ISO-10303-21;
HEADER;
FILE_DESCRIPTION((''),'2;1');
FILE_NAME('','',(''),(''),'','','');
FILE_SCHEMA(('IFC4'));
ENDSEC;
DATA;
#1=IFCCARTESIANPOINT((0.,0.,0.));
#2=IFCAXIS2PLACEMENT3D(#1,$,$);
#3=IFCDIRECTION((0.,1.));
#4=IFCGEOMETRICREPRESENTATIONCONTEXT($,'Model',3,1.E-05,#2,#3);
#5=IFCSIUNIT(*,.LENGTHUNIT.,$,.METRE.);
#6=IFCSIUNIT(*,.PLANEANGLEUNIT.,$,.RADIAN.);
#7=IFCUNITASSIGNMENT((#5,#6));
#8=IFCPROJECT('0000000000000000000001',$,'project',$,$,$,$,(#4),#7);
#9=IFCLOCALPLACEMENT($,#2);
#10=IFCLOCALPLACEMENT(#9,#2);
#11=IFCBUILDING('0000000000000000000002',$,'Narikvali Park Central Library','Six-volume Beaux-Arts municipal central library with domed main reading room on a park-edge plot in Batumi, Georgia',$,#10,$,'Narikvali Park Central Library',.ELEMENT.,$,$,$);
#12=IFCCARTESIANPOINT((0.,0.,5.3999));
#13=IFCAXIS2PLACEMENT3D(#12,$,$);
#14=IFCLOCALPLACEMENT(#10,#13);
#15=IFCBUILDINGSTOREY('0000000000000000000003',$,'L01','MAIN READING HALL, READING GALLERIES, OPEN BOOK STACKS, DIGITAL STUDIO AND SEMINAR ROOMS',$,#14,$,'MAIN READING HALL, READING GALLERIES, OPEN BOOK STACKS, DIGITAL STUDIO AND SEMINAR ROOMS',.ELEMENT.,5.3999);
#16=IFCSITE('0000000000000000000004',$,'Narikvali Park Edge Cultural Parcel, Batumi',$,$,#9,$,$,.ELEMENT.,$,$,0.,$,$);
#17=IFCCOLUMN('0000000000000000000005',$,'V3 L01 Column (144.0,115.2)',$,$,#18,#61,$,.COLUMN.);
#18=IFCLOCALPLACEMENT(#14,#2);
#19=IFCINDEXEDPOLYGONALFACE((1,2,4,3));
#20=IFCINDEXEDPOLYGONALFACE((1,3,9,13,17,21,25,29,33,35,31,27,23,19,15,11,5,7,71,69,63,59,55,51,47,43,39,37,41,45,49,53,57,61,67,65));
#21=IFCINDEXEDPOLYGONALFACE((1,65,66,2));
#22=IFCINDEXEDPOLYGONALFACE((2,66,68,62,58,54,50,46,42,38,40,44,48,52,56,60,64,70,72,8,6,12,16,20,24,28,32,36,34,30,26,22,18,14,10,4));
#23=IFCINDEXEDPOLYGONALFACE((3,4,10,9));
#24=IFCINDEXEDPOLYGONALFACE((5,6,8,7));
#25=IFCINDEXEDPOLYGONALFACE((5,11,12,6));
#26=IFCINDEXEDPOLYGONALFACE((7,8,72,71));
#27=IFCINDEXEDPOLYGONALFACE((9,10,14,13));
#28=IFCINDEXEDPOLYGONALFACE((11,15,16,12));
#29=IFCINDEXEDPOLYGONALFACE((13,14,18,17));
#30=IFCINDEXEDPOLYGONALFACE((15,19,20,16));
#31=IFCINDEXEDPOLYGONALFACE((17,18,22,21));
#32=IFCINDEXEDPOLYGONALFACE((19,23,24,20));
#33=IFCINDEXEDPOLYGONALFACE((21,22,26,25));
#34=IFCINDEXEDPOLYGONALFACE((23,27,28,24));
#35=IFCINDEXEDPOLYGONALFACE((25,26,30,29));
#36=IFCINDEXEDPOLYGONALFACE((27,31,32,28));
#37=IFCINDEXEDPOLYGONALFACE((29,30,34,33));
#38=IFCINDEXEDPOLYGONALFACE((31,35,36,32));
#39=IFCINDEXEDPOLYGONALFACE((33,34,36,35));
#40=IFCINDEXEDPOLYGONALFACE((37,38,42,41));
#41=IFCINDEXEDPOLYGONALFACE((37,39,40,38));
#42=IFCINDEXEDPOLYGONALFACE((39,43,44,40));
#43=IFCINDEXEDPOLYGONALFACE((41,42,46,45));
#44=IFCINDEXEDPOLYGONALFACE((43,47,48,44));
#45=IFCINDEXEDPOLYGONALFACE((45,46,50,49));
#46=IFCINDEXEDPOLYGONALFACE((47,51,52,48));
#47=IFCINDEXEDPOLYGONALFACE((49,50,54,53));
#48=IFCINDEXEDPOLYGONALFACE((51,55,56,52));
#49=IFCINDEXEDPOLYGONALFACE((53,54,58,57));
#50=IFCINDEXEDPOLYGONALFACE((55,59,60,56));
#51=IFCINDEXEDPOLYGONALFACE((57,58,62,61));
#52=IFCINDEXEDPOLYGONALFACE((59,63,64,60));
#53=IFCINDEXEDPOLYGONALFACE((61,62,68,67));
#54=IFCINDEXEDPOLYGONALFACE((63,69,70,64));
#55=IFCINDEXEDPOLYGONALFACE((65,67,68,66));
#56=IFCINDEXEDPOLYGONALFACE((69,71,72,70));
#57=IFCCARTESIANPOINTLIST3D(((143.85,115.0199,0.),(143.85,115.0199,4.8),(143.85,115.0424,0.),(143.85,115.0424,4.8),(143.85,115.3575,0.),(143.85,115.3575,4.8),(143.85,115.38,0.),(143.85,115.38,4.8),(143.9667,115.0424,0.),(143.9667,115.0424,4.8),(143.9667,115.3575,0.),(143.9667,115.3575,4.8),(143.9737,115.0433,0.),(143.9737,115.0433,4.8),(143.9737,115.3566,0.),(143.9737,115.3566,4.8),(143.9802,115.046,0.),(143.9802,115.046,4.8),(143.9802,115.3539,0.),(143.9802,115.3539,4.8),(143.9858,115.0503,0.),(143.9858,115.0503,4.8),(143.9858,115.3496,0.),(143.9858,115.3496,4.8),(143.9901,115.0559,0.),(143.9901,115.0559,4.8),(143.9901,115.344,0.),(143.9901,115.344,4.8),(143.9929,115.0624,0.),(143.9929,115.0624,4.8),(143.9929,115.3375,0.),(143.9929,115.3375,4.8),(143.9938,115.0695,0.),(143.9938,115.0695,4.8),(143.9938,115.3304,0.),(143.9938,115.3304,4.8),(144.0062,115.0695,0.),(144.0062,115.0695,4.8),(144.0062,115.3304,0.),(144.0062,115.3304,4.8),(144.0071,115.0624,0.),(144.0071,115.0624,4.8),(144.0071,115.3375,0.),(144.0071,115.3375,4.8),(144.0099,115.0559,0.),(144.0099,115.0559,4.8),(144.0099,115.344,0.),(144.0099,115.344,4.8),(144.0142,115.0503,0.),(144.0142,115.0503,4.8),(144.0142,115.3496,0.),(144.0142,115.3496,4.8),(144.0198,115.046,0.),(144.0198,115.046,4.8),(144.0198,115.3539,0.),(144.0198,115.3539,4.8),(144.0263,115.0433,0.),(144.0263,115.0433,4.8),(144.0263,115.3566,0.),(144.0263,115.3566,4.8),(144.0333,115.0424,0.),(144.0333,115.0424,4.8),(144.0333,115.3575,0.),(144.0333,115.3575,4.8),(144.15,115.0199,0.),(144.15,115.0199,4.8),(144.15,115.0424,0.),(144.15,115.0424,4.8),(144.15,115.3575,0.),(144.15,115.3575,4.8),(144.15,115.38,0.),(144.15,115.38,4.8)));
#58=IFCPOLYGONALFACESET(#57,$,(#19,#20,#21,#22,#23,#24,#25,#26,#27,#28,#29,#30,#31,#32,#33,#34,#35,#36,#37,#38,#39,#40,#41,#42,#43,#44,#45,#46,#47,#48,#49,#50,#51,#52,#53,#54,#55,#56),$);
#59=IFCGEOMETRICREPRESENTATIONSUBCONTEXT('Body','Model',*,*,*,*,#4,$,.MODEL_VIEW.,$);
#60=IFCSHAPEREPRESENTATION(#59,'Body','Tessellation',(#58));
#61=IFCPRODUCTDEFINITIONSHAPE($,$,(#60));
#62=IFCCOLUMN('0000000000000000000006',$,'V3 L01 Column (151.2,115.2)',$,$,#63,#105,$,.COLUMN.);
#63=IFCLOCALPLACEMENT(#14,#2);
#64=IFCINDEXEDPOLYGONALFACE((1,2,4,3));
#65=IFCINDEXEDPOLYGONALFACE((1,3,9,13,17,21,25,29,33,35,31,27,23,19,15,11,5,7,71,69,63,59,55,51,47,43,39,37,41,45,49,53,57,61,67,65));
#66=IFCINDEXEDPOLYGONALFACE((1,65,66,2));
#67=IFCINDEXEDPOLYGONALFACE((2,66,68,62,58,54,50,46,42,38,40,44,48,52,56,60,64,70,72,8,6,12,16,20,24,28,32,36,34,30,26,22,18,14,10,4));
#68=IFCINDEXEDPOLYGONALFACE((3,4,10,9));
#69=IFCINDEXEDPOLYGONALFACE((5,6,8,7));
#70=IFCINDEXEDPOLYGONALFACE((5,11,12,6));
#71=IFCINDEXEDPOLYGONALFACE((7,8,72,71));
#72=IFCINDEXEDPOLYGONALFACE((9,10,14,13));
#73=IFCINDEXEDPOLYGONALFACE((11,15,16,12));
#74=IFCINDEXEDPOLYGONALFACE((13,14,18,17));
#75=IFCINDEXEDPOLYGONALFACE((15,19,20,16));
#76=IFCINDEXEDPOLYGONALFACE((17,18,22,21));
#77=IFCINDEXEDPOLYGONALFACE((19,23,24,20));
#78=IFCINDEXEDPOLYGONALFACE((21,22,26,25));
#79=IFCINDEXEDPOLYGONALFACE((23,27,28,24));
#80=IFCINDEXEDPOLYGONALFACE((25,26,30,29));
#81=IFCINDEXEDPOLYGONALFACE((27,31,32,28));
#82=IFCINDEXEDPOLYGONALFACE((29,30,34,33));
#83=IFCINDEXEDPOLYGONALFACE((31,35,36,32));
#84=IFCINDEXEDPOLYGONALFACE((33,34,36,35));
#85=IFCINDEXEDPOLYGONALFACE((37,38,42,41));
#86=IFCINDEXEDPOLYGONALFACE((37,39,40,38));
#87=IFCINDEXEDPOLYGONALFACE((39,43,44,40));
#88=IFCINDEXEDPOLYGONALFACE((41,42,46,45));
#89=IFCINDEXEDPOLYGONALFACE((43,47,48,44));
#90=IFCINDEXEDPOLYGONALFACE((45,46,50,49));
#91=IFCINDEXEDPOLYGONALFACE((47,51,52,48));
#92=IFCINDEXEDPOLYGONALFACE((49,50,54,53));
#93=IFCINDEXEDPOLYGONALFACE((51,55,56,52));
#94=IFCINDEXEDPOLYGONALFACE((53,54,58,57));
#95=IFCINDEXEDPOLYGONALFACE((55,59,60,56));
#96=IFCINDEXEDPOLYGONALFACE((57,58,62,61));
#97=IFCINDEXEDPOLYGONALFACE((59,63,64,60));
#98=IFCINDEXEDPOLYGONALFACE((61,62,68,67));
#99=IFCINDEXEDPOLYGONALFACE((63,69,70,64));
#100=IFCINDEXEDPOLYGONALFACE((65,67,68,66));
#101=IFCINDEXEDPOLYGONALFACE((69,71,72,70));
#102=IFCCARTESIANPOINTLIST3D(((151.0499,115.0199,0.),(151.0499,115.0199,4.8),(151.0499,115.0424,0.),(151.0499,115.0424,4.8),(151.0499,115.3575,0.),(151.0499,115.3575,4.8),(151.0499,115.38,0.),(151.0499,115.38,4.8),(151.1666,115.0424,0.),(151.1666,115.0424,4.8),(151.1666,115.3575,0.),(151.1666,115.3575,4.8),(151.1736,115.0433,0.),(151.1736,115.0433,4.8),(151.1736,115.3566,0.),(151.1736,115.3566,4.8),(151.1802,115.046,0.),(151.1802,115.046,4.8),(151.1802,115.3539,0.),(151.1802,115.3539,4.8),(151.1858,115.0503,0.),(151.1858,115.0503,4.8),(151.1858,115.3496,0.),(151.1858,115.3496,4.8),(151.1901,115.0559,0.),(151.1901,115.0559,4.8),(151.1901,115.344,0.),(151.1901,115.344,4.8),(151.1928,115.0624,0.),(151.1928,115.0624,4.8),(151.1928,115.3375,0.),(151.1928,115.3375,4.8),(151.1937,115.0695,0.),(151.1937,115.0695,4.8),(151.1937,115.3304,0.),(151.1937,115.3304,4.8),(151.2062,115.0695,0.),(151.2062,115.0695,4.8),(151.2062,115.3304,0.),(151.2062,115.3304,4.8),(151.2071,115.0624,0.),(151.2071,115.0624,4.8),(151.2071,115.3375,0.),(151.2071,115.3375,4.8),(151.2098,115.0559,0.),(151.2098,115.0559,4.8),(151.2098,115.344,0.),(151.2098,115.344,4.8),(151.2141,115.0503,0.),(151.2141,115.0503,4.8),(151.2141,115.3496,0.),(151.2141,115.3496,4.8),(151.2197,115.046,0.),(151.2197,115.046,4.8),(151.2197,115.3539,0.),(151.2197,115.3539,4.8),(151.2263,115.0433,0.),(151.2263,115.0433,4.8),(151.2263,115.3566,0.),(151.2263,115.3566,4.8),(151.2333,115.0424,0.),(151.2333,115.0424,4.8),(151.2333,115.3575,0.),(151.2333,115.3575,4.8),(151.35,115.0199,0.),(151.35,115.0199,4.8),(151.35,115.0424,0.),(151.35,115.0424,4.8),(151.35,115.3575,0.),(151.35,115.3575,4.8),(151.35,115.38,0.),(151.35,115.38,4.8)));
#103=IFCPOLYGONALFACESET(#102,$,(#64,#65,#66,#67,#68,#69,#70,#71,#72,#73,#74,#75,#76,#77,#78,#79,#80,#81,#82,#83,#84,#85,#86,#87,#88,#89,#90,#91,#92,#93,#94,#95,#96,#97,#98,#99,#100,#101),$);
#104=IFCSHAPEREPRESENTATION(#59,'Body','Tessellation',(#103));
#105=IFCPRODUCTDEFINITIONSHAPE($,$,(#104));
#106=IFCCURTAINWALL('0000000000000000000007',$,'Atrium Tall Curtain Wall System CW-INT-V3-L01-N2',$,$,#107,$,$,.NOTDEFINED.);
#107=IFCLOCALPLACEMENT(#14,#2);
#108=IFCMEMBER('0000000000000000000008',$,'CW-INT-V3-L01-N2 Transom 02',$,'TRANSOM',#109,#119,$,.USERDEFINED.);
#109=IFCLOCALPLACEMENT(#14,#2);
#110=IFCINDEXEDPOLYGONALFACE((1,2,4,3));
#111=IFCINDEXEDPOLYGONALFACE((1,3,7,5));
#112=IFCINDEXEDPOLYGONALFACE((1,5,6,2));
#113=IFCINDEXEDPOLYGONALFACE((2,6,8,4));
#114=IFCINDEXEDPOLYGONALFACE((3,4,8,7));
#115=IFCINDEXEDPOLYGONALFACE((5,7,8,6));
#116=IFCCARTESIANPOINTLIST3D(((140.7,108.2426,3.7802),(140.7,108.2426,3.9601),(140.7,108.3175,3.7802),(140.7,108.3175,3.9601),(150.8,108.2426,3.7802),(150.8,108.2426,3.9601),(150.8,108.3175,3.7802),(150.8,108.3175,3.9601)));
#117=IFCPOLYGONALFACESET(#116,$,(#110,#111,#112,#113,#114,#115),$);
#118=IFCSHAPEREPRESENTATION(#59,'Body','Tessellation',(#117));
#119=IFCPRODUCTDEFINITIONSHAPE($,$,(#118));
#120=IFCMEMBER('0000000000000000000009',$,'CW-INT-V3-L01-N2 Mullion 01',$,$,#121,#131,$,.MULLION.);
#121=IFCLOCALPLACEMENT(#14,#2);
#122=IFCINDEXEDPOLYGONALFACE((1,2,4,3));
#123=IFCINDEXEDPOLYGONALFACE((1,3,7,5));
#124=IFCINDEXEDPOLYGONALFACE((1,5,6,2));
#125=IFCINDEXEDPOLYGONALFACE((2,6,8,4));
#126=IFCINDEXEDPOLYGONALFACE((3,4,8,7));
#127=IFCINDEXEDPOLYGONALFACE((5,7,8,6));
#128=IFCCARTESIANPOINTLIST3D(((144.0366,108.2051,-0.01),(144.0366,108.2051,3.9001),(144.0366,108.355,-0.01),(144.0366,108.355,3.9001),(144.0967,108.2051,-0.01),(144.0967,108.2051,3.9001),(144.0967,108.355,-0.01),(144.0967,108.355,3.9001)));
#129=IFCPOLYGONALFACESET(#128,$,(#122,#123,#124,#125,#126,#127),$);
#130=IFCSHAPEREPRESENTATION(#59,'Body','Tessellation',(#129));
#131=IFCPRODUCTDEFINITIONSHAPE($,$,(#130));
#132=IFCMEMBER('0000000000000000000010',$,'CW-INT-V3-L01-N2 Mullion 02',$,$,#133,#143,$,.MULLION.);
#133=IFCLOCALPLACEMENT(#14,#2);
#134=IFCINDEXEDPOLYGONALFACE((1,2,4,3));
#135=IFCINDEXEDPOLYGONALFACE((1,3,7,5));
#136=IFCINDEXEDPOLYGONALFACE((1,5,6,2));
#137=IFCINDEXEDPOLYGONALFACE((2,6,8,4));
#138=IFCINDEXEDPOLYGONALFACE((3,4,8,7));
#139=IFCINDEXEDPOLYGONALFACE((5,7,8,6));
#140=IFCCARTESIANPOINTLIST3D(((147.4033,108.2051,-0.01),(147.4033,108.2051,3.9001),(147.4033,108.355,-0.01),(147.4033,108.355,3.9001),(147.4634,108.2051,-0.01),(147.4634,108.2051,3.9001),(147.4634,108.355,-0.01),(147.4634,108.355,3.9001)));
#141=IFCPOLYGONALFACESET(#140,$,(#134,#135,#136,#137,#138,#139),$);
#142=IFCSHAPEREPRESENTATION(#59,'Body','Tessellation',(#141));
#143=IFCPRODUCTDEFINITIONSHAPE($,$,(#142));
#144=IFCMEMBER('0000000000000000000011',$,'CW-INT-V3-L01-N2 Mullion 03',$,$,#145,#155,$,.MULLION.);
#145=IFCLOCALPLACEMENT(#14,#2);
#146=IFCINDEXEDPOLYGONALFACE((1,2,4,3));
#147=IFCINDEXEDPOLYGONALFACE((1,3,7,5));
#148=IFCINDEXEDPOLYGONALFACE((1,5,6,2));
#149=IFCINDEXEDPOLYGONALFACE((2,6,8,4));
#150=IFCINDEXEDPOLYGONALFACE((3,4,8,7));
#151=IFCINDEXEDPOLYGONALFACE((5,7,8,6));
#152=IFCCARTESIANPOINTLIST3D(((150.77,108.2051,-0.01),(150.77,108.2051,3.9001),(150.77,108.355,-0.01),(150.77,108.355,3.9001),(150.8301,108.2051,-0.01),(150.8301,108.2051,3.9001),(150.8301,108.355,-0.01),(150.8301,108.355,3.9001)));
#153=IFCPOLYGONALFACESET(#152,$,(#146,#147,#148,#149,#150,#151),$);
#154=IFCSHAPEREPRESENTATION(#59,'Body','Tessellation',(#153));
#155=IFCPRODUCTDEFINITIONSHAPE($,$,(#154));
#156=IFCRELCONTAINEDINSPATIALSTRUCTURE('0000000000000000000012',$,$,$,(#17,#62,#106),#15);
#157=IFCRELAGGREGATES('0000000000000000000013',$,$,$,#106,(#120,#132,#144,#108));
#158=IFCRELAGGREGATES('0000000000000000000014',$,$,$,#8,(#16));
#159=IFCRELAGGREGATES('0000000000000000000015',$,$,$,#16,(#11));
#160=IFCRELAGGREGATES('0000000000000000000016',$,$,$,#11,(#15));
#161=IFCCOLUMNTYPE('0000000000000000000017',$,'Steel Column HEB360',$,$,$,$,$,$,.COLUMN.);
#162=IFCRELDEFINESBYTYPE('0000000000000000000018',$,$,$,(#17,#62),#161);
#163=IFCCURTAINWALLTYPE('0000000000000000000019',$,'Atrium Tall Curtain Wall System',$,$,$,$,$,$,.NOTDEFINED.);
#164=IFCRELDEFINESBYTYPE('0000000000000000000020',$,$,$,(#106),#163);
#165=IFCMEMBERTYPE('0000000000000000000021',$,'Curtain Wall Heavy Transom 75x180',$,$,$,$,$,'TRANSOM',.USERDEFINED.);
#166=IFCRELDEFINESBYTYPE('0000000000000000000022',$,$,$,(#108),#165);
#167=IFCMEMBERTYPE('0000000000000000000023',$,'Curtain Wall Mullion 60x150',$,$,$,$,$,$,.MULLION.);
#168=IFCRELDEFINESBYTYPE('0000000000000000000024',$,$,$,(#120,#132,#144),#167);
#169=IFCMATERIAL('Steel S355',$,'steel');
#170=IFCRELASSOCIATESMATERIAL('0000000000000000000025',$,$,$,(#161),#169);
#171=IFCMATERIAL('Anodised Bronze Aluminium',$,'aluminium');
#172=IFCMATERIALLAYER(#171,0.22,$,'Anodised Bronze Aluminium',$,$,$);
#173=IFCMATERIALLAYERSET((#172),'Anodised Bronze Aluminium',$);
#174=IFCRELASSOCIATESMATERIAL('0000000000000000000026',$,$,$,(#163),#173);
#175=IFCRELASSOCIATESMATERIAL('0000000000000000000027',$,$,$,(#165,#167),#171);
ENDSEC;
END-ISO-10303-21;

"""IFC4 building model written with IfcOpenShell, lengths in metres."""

from ifc_helpers import new_model, si_unit, direction, frame, origin, origin_2d, place, context, subcontext, project, spatial, rectangle, i_section, extrude, material, layer, layer_set, material_profile, profile_set, type_object, element, aggregate, save


model = new_model("IFC4")

# Units and contexts
model_context = context("Model", 3, precision=1e-05, world=origin(), true_north=direction((0.0, 1.0)))
body_context = subcontext(model_context, "Body", "Model", "MODEL_VIEW")
ifc_project = project(units=[si_unit("LENGTHUNIT", "METRE"), si_unit("PLANEANGLEUNIT", "RADIAN")], contexts=[model_context])

# Site, building, storey
site_placement = place(None, origin())
site = spatial("IfcSite", under=ifc_project, at=site_placement, Name="Narikvali Park Edge Cultural Parcel, Batumi", CompositionType="ELEMENT", RefElevation=0.0)
building_placement = place(site_placement, origin())
building = spatial("IfcBuilding", under=site, at=building_placement, Name="Narikvali Park Central Library", Description="Six-volume Beaux-Arts municipal central library with domed main reading room on a park-edge plot in Batumi, Georgia", LongName="Narikvali Park Central Library", CompositionType="ELEMENT")
storey_placement = place(building_placement, frame((0.0, 0.0, 5.3999)))
storey = spatial("IfcBuildingStorey", under=building, at=storey_placement, Name="L01", Description="MAIN READING HALL, READING GALLERIES, OPEN BOOK STACKS, DIGITAL STUDIO AND SEMINAR ROOMS", LongName="MAIN READING HALL, READING GALLERIES, OPEN BOOK STACKS, DIGITAL STUDIO AND SEMINAR ROOMS", CompositionType="ELEMENT", Elevation=5.3999)

# Columns
ifc_material_1 = material(Name="Steel S355", Category="steel")
ifc_material_profile_1 = material_profile(ifc_material_1, i_section(OverallWidth=0.3, OverallDepth=0.3601, WebThickness=0.0125, FlangeThickness=0.0225, FilletRadius=0.0271, at=origin_2d()), Name="HEB 360")
ifc_profile_set_1 = profile_set([ifc_material_profile_1], Name="Steel S355")
column_type = type_object("IfcColumnType", Name="Steel Column HEB360", PredefinedType="COLUMN", material=ifc_profile_set_1)
for number, where, z_axis, x_axis, name in (
    (1, (144.0, 115.2, 0.0), (0.0, 0.0, 1.0), (1.0, 0.0, 0.0), "V3 L01 Column (144.0,115.2)"),
    (2, (151.2, 115.2, 0.0), (0.0, 0.0, 1.0), (1.0, 0.0, 0.0), "V3 L01 Column (151.2,115.2)"),
):
    element("IfcColumn", number, at=place(storey_placement, frame(where, z_axis=z_axis, x_axis=x_axis)), inside=storey, type_object=column_type, Name=name, PredefinedType="COLUMN", context=body_context, shape_type="SweptSolid", body=[
        extrude(i_section(OverallWidth=0.3, OverallDepth=0.3601, WebThickness=0.0125, FlangeThickness=0.0225, FilletRadius=0.0271, at=origin_2d()), origin(), (0.0, 0.0, 1.0), 4.8),
    ])

# Curtain wall, members
ifc_material_2 = material(Name="Anodised Bronze Aluminium", Category="aluminium")
ifc_layer_1 = layer(ifc_material_2, 0.22, Name="Anodised Bronze Aluminium")
ifc_layer_set_1 = layer_set([ifc_layer_1], Name="Anodised Bronze Aluminium")
curtain_wall_type = type_object("IfcCurtainWallType", Name="Atrium Tall Curtain Wall System", PredefinedType="NOTDEFINED", material=ifc_layer_set_1)
curtain_wall_placement = place(storey_placement, origin())
curtain_wall = element("IfcCurtainWall", 3, at=curtain_wall_placement, inside=storey, type_object=curtain_wall_type, Name="Atrium Tall Curtain Wall System CW-INT-V3-L01-N2", PredefinedType="NOTDEFINED")
ifc_material_profile_2 = material_profile(ifc_material_2, rectangle(XDim=0.075, YDim=0.1799, at=origin_2d()), Name="CW TRANSOM 75x180")
ifc_profile_set_2 = profile_set([ifc_material_profile_2], Name="Anodised Bronze Aluminium")
member_type_1 = type_object("IfcMemberType", Name="Curtain Wall Heavy Transom 75x180", ElementType="TRANSOM", PredefinedType="USERDEFINED", material=ifc_profile_set_2)
member_1_placement = place(storey_placement, frame((140.7, 108.28, 3.8701), z_axis=(1.0, 0.0, 0.0), x_axis=(0.0, 1.0, 0.0)))
member_1 = element("IfcMember", 4, at=member_1_placement, type_object=member_type_1, Name="CW-INT-V3-L01-N2 Transom 02", ObjectType="TRANSOM", PredefinedType="USERDEFINED", context=body_context, shape_type="SweptSolid", body=[
    extrude(rectangle(XDim=0.075, YDim=0.1799, at=origin_2d()), origin(), (0.0, 0.0, 1.0), 10.1001),
])
ifc_material_profile_3 = material_profile(ifc_material_2, rectangle(XDim=0.0601, YDim=0.1499, at=origin_2d()), Name="CW MULLION 60x150")
ifc_profile_set_3 = profile_set([ifc_material_profile_3], Name="Anodised Bronze Aluminium")
member_type_2 = type_object("IfcMemberType", Name="Curtain Wall Mullion 60x150", PredefinedType="MULLION", material=ifc_profile_set_3)
member_2_placement = place(storey_placement, frame((144.0667, 108.28, -0.01), z_axis=(0.0, 0.0, 1.0), x_axis=(1.0, 0.0, 0.0)))
member_2 = element("IfcMember", 5, at=member_2_placement, type_object=member_type_2, Name="CW-INT-V3-L01-N2 Mullion 01", PredefinedType="MULLION", context=body_context, shape_type="SweptSolid", body=[
    extrude(rectangle(XDim=0.0601, YDim=0.1499, at=origin_2d()), origin(), (0.0, 0.0, 1.0), 3.9102),
])
member_3_placement = place(storey_placement, frame((147.4333, 108.28, -0.01), z_axis=(0.0, 0.0, 1.0), x_axis=(1.0, 0.0, 0.0)))
member_3 = element("IfcMember", 6, at=member_3_placement, type_object=member_type_2, Name="CW-INT-V3-L01-N2 Mullion 02", PredefinedType="MULLION", context=body_context, shape_type="SweptSolid", body=[
    extrude(rectangle(XDim=0.0601, YDim=0.1499, at=origin_2d()), origin(), (0.0, 0.0, 1.0), 3.9102),
])
member_4_placement = place(storey_placement, frame((150.8, 108.28, -0.01), z_axis=(0.0, 0.0, 1.0), x_axis=(1.0, 0.0, 0.0)))
member_4 = element("IfcMember", 7, at=member_4_placement, type_object=member_type_2, Name="CW-INT-V3-L01-N2 Mullion 03", PredefinedType="MULLION", context=body_context, shape_type="SweptSolid", body=[
    extrude(rectangle(XDim=0.0601, YDim=0.1499, at=origin_2d()), origin(), (0.0, 0.0, 1.0), 3.9102),
])

aggregate(curtain_wall, [member_2, member_3, member_4, member_1])

save(model, "model.ifc")
